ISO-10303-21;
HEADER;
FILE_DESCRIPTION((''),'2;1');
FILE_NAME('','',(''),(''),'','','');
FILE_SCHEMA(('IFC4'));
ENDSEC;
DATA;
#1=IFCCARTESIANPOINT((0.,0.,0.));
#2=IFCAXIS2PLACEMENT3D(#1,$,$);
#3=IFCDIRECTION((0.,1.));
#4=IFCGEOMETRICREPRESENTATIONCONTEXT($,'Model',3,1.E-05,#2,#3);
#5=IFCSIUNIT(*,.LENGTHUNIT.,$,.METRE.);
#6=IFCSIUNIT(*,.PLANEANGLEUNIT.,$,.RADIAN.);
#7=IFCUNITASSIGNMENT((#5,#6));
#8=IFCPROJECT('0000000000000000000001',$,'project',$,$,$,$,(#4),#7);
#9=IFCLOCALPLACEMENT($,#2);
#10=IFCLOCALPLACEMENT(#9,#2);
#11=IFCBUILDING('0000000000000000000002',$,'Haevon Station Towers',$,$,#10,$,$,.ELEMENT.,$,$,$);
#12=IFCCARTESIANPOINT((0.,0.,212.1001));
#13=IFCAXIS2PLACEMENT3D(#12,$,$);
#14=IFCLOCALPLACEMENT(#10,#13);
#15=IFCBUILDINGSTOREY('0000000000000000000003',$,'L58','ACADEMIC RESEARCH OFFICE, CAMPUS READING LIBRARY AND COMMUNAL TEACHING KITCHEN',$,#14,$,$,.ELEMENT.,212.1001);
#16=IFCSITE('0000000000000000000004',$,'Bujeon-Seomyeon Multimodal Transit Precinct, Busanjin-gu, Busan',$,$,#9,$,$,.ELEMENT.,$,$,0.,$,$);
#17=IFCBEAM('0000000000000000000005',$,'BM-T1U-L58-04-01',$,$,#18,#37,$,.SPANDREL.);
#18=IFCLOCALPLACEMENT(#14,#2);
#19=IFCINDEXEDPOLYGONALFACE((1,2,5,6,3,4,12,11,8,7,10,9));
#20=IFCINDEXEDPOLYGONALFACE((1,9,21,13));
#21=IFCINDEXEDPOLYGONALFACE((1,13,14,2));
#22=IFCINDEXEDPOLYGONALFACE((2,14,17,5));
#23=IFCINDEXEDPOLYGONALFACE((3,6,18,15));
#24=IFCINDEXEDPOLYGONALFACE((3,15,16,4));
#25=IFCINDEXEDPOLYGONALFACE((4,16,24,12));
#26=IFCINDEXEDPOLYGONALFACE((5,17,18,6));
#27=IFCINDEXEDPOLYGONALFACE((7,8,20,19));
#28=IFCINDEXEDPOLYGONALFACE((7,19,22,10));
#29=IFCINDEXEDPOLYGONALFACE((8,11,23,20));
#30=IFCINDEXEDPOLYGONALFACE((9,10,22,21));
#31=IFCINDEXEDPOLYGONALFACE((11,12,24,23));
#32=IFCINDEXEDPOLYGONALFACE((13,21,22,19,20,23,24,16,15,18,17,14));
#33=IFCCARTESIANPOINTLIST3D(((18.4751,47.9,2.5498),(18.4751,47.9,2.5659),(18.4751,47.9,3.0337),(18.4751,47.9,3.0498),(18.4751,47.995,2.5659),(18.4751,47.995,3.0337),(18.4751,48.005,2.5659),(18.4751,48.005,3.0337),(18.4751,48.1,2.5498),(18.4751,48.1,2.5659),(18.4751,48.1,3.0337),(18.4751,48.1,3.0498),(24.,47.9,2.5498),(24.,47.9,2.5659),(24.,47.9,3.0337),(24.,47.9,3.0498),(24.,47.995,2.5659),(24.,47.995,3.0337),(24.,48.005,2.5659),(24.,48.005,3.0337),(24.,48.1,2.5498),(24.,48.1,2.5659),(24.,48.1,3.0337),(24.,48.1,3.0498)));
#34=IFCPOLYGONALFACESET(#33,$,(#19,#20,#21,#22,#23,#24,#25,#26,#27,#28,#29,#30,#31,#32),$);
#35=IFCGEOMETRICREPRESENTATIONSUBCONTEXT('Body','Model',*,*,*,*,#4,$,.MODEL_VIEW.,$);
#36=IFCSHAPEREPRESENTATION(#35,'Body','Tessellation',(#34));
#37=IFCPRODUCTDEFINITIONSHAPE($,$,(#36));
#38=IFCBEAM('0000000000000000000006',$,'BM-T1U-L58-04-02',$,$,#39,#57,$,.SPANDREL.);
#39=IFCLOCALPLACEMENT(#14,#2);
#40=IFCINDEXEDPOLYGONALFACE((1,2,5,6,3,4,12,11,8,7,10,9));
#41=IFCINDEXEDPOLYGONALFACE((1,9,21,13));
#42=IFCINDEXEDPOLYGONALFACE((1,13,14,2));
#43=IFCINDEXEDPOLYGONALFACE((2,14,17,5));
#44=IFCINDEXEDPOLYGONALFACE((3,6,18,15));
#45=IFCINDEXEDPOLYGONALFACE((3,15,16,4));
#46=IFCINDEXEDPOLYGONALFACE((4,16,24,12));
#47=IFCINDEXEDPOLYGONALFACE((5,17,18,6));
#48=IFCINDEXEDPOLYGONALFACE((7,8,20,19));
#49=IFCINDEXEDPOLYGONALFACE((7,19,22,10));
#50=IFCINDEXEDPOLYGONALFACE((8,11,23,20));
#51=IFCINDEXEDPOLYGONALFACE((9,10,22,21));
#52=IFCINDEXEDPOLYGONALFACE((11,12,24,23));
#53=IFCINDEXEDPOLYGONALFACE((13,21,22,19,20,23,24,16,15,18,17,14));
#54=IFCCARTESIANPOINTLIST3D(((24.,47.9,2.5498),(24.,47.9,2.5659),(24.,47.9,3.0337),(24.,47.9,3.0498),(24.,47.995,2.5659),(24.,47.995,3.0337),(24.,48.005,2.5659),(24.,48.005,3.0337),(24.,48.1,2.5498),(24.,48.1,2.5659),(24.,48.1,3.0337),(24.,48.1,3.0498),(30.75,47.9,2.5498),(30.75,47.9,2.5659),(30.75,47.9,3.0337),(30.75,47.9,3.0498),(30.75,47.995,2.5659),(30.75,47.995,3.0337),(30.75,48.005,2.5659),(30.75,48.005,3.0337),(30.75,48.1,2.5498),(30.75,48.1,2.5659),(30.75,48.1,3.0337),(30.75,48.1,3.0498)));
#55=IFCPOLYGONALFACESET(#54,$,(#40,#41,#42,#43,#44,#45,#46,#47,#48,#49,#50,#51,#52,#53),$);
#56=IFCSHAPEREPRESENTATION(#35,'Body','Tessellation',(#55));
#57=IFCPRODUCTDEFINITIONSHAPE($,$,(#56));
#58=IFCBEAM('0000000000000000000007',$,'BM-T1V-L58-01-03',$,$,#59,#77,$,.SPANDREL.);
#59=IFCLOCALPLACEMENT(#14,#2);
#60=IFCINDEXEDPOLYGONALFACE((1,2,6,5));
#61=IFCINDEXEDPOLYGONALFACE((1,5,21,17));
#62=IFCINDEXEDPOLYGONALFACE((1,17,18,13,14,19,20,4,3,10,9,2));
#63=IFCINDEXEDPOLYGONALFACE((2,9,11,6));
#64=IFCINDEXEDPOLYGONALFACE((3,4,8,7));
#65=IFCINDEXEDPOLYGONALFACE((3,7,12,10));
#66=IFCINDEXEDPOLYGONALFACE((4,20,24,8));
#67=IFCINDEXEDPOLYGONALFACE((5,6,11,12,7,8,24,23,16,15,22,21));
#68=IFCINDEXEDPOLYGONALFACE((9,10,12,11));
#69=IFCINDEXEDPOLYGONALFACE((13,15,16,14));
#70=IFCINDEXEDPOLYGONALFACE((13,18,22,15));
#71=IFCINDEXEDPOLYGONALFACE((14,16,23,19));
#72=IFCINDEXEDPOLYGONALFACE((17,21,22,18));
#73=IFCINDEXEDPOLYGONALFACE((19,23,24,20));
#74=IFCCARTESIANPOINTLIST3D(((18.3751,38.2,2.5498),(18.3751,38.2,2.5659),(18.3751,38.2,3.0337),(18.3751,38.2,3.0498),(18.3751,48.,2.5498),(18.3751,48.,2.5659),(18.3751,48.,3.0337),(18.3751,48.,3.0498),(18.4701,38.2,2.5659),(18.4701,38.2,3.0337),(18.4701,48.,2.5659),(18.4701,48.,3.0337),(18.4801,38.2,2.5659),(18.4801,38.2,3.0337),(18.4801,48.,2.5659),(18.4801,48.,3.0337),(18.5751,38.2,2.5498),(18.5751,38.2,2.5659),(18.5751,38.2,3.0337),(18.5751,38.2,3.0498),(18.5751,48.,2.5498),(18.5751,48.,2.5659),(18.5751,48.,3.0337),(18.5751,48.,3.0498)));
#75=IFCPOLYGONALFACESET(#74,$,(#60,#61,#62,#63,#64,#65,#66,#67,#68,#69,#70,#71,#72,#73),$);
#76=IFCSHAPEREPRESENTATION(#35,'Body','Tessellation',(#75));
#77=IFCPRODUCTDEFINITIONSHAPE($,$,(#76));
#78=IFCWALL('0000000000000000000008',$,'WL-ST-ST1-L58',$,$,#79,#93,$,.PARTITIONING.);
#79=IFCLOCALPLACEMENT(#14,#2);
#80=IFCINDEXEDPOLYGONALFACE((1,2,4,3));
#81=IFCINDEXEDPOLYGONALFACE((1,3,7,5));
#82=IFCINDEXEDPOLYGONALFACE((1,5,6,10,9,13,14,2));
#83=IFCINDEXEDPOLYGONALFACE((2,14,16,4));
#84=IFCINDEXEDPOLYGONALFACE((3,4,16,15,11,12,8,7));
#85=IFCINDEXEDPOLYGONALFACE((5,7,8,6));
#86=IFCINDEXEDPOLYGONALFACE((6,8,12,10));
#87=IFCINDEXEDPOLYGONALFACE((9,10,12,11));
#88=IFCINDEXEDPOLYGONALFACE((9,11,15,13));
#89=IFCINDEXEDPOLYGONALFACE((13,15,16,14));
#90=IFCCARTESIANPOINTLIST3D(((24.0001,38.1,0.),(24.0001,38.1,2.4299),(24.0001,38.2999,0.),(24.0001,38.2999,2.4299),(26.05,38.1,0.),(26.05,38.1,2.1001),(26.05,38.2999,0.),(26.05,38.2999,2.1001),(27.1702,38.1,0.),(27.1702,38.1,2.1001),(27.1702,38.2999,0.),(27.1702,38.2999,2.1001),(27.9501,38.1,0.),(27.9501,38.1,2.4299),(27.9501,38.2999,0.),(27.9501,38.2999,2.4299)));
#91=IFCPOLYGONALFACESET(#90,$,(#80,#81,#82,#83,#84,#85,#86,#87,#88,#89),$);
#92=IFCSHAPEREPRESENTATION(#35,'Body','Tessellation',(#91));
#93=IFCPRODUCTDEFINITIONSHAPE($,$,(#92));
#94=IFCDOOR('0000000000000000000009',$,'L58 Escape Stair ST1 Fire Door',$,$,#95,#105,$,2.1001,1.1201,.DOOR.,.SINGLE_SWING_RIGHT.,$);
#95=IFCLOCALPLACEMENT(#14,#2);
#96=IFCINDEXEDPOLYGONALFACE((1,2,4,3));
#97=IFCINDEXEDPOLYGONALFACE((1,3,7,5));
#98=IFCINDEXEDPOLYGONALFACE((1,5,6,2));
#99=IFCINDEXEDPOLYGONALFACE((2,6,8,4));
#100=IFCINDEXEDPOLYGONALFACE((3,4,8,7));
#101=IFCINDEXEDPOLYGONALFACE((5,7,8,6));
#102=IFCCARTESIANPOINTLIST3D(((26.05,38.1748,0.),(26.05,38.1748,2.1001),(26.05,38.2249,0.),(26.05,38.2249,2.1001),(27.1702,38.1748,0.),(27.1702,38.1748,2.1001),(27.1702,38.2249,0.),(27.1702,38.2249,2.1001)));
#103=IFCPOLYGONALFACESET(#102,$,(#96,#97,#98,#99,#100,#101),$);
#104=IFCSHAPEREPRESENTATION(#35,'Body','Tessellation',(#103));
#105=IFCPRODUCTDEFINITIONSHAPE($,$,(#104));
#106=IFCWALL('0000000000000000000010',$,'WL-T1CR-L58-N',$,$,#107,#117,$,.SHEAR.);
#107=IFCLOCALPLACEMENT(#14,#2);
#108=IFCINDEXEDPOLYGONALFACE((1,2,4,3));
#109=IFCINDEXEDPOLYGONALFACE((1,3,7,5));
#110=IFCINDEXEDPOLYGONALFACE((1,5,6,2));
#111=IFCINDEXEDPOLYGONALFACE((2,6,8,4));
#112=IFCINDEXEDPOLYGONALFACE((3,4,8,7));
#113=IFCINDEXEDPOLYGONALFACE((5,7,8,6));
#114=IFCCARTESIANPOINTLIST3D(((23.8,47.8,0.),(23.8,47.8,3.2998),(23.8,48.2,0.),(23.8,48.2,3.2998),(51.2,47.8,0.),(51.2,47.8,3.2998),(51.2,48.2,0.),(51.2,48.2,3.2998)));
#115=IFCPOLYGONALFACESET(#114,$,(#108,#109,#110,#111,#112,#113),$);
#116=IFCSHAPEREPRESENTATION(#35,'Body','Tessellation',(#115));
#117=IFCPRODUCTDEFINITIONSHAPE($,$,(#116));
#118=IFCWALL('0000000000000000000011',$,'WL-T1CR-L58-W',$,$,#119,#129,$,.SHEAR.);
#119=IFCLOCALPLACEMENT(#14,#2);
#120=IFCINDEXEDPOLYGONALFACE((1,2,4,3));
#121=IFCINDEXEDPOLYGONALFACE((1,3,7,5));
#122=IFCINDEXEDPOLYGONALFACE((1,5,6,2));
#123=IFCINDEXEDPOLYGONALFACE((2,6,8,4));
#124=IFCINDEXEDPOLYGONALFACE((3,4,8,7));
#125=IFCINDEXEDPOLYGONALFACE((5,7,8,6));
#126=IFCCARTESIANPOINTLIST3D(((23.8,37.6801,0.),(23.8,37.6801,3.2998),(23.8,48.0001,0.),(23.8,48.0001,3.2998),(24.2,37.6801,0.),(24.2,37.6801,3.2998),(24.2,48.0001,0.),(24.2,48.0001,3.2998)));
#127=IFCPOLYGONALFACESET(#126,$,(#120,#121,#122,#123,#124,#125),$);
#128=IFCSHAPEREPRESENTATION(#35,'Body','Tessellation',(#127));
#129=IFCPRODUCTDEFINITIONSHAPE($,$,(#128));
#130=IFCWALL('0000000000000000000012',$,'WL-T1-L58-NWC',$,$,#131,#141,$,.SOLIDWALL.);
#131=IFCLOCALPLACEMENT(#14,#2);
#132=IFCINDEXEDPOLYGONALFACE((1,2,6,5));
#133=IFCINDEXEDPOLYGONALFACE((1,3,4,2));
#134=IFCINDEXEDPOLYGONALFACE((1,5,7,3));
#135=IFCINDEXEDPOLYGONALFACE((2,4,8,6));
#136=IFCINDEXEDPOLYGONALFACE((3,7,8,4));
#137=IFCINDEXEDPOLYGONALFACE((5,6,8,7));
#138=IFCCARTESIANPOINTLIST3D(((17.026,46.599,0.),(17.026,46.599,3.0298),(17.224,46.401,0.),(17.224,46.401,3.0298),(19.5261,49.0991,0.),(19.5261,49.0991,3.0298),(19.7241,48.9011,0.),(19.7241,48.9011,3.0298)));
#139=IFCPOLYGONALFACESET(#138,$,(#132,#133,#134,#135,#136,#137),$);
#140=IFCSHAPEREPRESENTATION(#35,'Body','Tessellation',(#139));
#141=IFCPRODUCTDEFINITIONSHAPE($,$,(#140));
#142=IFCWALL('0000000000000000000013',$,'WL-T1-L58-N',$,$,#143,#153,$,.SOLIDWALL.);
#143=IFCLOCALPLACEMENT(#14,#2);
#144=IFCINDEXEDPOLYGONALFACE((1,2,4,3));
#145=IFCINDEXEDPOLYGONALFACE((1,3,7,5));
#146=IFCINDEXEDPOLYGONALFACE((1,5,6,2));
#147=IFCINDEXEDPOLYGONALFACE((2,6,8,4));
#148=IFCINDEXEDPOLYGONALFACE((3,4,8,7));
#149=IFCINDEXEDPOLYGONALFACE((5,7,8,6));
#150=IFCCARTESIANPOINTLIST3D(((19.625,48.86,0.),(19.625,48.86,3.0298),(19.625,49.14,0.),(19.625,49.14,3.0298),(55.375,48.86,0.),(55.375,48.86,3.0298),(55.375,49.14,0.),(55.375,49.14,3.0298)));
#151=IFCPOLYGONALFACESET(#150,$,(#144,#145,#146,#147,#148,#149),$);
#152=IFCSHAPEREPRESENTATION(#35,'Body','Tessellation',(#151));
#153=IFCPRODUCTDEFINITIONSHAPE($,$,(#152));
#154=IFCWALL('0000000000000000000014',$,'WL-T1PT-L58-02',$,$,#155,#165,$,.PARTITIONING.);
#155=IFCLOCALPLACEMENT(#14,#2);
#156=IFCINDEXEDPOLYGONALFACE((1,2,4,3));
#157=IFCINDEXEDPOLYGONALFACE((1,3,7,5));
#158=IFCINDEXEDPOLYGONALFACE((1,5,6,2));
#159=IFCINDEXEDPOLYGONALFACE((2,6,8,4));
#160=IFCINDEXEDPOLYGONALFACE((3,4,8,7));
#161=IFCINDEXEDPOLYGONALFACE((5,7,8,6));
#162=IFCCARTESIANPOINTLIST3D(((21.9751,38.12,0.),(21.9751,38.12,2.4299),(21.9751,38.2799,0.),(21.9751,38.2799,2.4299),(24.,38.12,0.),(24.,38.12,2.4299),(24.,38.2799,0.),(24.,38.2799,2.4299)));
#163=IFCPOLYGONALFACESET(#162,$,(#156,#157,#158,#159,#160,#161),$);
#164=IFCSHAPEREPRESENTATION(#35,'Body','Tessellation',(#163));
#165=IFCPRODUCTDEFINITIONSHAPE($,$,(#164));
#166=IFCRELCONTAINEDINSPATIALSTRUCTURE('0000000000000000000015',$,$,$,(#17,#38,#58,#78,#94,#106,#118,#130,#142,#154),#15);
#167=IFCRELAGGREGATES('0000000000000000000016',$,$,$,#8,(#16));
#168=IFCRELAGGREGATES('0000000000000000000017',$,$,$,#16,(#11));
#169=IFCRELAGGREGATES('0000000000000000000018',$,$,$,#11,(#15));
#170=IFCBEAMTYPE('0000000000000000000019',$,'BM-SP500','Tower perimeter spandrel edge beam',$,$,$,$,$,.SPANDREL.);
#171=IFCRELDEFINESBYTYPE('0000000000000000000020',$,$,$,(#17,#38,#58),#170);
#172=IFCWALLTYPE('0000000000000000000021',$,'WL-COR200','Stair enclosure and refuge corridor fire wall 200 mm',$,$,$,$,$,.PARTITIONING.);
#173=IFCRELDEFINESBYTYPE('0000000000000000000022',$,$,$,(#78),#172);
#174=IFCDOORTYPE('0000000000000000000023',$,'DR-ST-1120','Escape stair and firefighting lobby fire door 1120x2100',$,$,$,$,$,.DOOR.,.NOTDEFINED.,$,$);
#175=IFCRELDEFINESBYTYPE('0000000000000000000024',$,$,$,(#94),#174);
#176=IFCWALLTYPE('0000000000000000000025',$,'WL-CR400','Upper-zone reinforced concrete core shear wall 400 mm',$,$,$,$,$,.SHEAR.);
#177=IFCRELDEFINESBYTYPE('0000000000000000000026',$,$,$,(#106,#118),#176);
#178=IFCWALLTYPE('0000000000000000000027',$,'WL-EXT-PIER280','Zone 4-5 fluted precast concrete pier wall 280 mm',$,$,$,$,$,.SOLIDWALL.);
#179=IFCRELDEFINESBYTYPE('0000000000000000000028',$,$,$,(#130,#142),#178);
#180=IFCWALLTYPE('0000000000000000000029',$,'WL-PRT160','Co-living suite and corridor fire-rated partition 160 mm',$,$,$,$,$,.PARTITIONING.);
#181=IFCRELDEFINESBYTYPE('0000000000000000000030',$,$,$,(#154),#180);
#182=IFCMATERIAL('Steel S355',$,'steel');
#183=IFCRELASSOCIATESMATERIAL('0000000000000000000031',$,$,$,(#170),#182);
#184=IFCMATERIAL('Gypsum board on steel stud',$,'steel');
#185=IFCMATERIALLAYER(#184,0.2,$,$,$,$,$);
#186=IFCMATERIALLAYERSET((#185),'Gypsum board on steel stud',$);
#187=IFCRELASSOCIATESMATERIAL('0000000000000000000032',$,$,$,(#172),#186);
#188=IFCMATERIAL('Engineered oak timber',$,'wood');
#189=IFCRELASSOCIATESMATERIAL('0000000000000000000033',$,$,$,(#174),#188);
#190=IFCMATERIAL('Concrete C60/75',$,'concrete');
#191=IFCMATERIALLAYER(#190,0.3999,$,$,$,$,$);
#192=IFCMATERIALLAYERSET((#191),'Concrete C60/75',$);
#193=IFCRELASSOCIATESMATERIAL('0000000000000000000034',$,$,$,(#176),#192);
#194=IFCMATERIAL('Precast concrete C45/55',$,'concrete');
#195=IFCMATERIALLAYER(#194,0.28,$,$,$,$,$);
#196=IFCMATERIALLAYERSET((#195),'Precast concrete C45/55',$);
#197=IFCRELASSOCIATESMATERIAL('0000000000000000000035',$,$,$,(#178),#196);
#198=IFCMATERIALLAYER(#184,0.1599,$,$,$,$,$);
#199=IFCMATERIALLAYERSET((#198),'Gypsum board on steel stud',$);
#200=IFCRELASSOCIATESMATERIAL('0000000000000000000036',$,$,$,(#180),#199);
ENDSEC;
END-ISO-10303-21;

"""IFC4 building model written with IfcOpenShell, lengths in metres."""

from ifc_helpers import new_model, si_unit, direction, frame, frame_2d, origin, origin_2d, place, context, subcontext, project, spatial, rectangle, i_section, extrude, material, layer, layer_set, material_profile, profile_set, type_object, element, fill, save


model = new_model("IFC4")

# Units and contexts
model_context = context("Model", 3, precision=1e-05, world=origin(), true_north=direction((0.0, 1.0)))
body_context = subcontext(model_context, "Body", "Model", "MODEL_VIEW")
ifc_project = project(units=[si_unit("LENGTHUNIT", "METRE"), si_unit("PLANEANGLEUNIT", "RADIAN")], contexts=[model_context])

# Site, building, storey
site_placement = place(None, origin())
site = spatial("IfcSite", under=ifc_project, at=site_placement, Name="Bujeon-Seomyeon Multimodal Transit Precinct, Busanjin-gu, Busan", CompositionType="ELEMENT", RefElevation=0.0)
building_placement = place(site_placement, origin())
building = spatial("IfcBuilding", under=site, at=building_placement, Name="Haevon Station Towers", CompositionType="ELEMENT")
storey_placement = place(building_placement, frame((0.0, 0.0, 212.1001)))
storey = spatial("IfcBuildingStorey", under=building, at=storey_placement, Name="L58", Description="ACADEMIC RESEARCH OFFICE, CAMPUS READING LIBRARY AND COMMUNAL TEACHING KITCHEN", CompositionType="ELEMENT", Elevation=212.1001)

# Shared definitions
ifc_material_1 = material(Name="Steel S355", Category="steel")

# Beams
ifc_material_profile_1 = material_profile(ifc_material_1, i_section(OverallWidth=0.2, OverallDepth=0.5, WebThickness=0.01, FlangeThickness=0.0161, at=origin_2d()), Name="H-500x200x10x16")
ifc_profile_set_1 = profile_set([ifc_material_profile_1], Name="Steel S355")
beam_type_1 = type_object("IfcBeamType", Name="BM-SP500", Description="Tower perimeter spandrel edge beam", PredefinedType="SPANDREL", material=ifc_profile_set_1)
beam_1_placement = place(storey_placement, frame((18.4751, 48.0, 2.7998), z_axis=(1.0, 0.0, 0.0), x_axis=(0.0, 1.0, 0.0)))
element("IfcBeam", 1, at=beam_1_placement, inside=storey, type_object=beam_type_1, Name="BM-T1U-L58-04-01", PredefinedType="SPANDREL", context=body_context, shape_type="SweptSolid", body=[
    extrude(i_section(OverallWidth=0.2, OverallDepth=0.5, WebThickness=0.01, FlangeThickness=0.0161, at=origin_2d()), origin(), (0.0, 0.0, 1.0), 5.5249),
])
beam_2_placement = place(storey_placement, frame((24.0, 48.0, 2.7998), z_axis=(1.0, 0.0, 0.0), x_axis=(0.0, 1.0, 0.0)))
element("IfcBeam", 2, at=beam_2_placement, inside=storey, type_object=beam_type_1, Name="BM-T1U-L58-04-02", PredefinedType="SPANDREL", context=body_context, shape_type="SweptSolid", body=[
    extrude(i_section(OverallWidth=0.2, OverallDepth=0.5, WebThickness=0.01, FlangeThickness=0.0161, at=origin_2d()), origin(), (0.0, 0.0, 1.0), 6.75),
])
beam_3_placement = place(storey_placement, frame((18.4751, 38.2, 2.7998), z_axis=(0.0, 1.0, 0.0), x_axis=(-1.0, 0.0, 0.0)))
element("IfcBeam", 3, at=beam_3_placement, inside=storey, type_object=beam_type_1, Name="BM-T1V-L58-01-03", PredefinedType="SPANDREL", context=body_context, shape_type="SweptSolid", body=[
    extrude(i_section(OverallWidth=0.2, OverallDepth=0.5, WebThickness=0.01, FlangeThickness=0.0161, at=origin_2d()), origin(), (0.0, 0.0, 1.0), 9.8),
])

# Wall, opening, door
ifc_material_2 = material(Name="Gypsum board on steel stud", Category="steel")
ifc_layer_1 = layer(ifc_material_2, 0.2)
ifc_layer_set_1 = layer_set([ifc_layer_1], Name="Gypsum board on steel stud")
wall_type_1 = type_object("IfcWallType", Name="WL-COR200", Description="Stair enclosure and refuge corridor fire wall 200 mm", PredefinedType="PARTITIONING", material=ifc_layer_set_1)
wall_1_placement = place(storey_placement, frame((24.0, 38.2, 0.0), z_axis=(0.0, 0.0, 1.0), x_axis=(1.0, 0.0, 0.0)))
wall_1 = element("IfcWall", 4, at=wall_1_placement, inside=storey, type_object=wall_type_1, Name="WL-ST-ST1-L58", PredefinedType="PARTITIONING", context=body_context, shape_type="SweptSolid", body=[
    extrude(rectangle(XDim=3.95, YDim=0.2, at=frame_2d((1.9751, 0.0))), origin(), (0.0, 0.0, 1.0), 2.4299),
])
opening_placement = place(wall_1_placement, frame((2.05, 0.0, 0.0)))
opening = element("IfcOpeningElement", 5, at=opening_placement, cuts=wall_1, PredefinedType="OPENING", context=body_context, shape_type="SweptSolid", body=[
    extrude(rectangle(XDim=1.1201, YDim=2.1001, at=frame_2d((0.5601, 1.05))), frame((0.0, 0.1099, 0.0), z_axis=(0.0, -1.0, 0.0), x_axis=(1.0, 0.0, 0.0)), (0.0, 0.0, 1.0), 0.22),
])
ifc_material_3 = material(Name="Engineered oak timber", Category="wood")
door_type = type_object("IfcDoorType", Name="DR-ST-1120", Description="Escape stair and firefighting lobby fire door 1120x2100", OperationType="NOTDEFINED", PredefinedType="DOOR", material=ifc_material_3)
door_placement = place(opening_placement, origin())
door = element("IfcDoor", 6, at=door_placement, inside=storey, type_object=door_type, Name="L58 Escape Stair ST1 Fire Door", OperationType="SINGLE_SWING_RIGHT", OverallHeight=2.1001, OverallWidth=1.1201, PredefinedType="DOOR", context=body_context, shape_type="SweptSolid", body=[
    extrude(rectangle(XDim=1.1201, YDim=2.1001, at=frame_2d((0.5601, 1.05))), frame((0.0, 0.0249, 0.0), z_axis=(0.0, -1.0, 0.0), x_axis=(1.0, 0.0, 0.0)), (0.0, 0.0, 1.0), 0.05),
])
fill(opening, door)

# Walls
ifc_material_4 = material(Name="Concrete C60/75", Category="concrete")
ifc_layer_2 = layer(ifc_material_4, 0.3999)
ifc_layer_set_2 = layer_set([ifc_layer_2], Name="Concrete C60/75")
wall_type_2 = type_object("IfcWallType", Name="WL-CR400", Description="Upper-zone reinforced concrete core shear wall 400 mm", PredefinedType="SHEAR", material=ifc_layer_set_2)
wall_2_placement = place(storey_placement, frame((23.8, 48.0, 0.0), z_axis=(0.0, 0.0, 1.0), x_axis=(1.0, 0.0, 0.0)))
element("IfcWall", 7, at=wall_2_placement, inside=storey, type_object=wall_type_2, Name="WL-T1CR-L58-N", PredefinedType="SHEAR", context=body_context, shape_type="SweptSolid", body=[
    extrude(rectangle(XDim=27.3999, YDim=0.3999, at=frame_2d((13.7, 0.0))), origin(), (0.0, 0.0, 1.0), 3.2998),
])
wall_3_placement = place(storey_placement, frame((24.0, 37.6799, 0.0), z_axis=(0.0, 0.0, 1.0), x_axis=(0.0, 1.0, 0.0)))
element("IfcWall", 8, at=wall_3_placement, inside=storey, type_object=wall_type_2, Name="WL-T1CR-L58-W", PredefinedType="SHEAR", context=body_context, shape_type="SweptSolid", body=[
    extrude(rectangle(XDim=10.3201, YDim=0.3999, at=frame_2d((5.1602, 0.0))), origin(), (0.0, 0.0, 1.0), 3.2998),
])
ifc_material_5 = material(Name="Precast concrete C45/55", Category="concrete")
ifc_layer_3 = layer(ifc_material_5, 0.28)
ifc_layer_set_3 = layer_set([ifc_layer_3], Name="Precast concrete C45/55")
wall_type_3 = type_object("IfcWallType", Name="WL-EXT-PIER280", Description="Zone 4-5 fluted precast concrete pier wall 280 mm", PredefinedType="SOLIDWALL", material=ifc_layer_set_3)
wall_4_placement = place(storey_placement, frame((17.125, 46.5, 0.0), z_axis=(0.0, 0.0, 1.0), x_axis=(0.707107, 0.707107, 0.0)))
element("IfcWall", 9, at=wall_4_placement, inside=storey, type_object=wall_type_3, Name="WL-T1-L58-NWC", PredefinedType="SOLIDWALL", context=body_context, shape_type="SweptSolid", body=[
    extrude(rectangle(XDim=3.5356, YDim=0.28, at=frame_2d((1.7678, 0.0))), origin(), (0.0, 0.0, 1.0), 3.0298),
])
wall_5_placement = place(storey_placement, frame((19.625, 49.0, 0.0), z_axis=(0.0, 0.0, 1.0), x_axis=(1.0, 0.0, 0.0)))
element("IfcWall", 10, at=wall_5_placement, inside=storey, type_object=wall_type_3, Name="WL-T1-L58-N", PredefinedType="SOLIDWALL", context=body_context, shape_type="SweptSolid", body=[
    extrude(rectangle(XDim=35.75, YDim=0.28, at=frame_2d((17.875, 0.0))), origin(), (0.0, 0.0, 1.0), 3.0298),
])
ifc_layer_4 = layer(ifc_material_2, 0.1599)
ifc_layer_set_4 = layer_set([ifc_layer_4], Name="Gypsum board on steel stud")
wall_type_4 = type_object("IfcWallType", Name="WL-PRT160", Description="Co-living suite and corridor fire-rated partition 160 mm", PredefinedType="PARTITIONING", material=ifc_layer_set_4)
wall_6_placement = place(storey_placement, frame((21.9751, 38.2, 0.0), z_axis=(0.0, 0.0, 1.0), x_axis=(1.0, 0.0, 0.0)))
element("IfcWall", 11, at=wall_6_placement, inside=storey, type_object=wall_type_4, Name="WL-T1PT-L58-02", PredefinedType="PARTITIONING", context=body_context, shape_type="SweptSolid", body=[
    extrude(rectangle(XDim=2.0249, YDim=0.1599, at=frame_2d((1.0125, 0.0))), origin(), (0.0, 0.0, 1.0), 2.4299),
])

save(model, "model.ifc")
